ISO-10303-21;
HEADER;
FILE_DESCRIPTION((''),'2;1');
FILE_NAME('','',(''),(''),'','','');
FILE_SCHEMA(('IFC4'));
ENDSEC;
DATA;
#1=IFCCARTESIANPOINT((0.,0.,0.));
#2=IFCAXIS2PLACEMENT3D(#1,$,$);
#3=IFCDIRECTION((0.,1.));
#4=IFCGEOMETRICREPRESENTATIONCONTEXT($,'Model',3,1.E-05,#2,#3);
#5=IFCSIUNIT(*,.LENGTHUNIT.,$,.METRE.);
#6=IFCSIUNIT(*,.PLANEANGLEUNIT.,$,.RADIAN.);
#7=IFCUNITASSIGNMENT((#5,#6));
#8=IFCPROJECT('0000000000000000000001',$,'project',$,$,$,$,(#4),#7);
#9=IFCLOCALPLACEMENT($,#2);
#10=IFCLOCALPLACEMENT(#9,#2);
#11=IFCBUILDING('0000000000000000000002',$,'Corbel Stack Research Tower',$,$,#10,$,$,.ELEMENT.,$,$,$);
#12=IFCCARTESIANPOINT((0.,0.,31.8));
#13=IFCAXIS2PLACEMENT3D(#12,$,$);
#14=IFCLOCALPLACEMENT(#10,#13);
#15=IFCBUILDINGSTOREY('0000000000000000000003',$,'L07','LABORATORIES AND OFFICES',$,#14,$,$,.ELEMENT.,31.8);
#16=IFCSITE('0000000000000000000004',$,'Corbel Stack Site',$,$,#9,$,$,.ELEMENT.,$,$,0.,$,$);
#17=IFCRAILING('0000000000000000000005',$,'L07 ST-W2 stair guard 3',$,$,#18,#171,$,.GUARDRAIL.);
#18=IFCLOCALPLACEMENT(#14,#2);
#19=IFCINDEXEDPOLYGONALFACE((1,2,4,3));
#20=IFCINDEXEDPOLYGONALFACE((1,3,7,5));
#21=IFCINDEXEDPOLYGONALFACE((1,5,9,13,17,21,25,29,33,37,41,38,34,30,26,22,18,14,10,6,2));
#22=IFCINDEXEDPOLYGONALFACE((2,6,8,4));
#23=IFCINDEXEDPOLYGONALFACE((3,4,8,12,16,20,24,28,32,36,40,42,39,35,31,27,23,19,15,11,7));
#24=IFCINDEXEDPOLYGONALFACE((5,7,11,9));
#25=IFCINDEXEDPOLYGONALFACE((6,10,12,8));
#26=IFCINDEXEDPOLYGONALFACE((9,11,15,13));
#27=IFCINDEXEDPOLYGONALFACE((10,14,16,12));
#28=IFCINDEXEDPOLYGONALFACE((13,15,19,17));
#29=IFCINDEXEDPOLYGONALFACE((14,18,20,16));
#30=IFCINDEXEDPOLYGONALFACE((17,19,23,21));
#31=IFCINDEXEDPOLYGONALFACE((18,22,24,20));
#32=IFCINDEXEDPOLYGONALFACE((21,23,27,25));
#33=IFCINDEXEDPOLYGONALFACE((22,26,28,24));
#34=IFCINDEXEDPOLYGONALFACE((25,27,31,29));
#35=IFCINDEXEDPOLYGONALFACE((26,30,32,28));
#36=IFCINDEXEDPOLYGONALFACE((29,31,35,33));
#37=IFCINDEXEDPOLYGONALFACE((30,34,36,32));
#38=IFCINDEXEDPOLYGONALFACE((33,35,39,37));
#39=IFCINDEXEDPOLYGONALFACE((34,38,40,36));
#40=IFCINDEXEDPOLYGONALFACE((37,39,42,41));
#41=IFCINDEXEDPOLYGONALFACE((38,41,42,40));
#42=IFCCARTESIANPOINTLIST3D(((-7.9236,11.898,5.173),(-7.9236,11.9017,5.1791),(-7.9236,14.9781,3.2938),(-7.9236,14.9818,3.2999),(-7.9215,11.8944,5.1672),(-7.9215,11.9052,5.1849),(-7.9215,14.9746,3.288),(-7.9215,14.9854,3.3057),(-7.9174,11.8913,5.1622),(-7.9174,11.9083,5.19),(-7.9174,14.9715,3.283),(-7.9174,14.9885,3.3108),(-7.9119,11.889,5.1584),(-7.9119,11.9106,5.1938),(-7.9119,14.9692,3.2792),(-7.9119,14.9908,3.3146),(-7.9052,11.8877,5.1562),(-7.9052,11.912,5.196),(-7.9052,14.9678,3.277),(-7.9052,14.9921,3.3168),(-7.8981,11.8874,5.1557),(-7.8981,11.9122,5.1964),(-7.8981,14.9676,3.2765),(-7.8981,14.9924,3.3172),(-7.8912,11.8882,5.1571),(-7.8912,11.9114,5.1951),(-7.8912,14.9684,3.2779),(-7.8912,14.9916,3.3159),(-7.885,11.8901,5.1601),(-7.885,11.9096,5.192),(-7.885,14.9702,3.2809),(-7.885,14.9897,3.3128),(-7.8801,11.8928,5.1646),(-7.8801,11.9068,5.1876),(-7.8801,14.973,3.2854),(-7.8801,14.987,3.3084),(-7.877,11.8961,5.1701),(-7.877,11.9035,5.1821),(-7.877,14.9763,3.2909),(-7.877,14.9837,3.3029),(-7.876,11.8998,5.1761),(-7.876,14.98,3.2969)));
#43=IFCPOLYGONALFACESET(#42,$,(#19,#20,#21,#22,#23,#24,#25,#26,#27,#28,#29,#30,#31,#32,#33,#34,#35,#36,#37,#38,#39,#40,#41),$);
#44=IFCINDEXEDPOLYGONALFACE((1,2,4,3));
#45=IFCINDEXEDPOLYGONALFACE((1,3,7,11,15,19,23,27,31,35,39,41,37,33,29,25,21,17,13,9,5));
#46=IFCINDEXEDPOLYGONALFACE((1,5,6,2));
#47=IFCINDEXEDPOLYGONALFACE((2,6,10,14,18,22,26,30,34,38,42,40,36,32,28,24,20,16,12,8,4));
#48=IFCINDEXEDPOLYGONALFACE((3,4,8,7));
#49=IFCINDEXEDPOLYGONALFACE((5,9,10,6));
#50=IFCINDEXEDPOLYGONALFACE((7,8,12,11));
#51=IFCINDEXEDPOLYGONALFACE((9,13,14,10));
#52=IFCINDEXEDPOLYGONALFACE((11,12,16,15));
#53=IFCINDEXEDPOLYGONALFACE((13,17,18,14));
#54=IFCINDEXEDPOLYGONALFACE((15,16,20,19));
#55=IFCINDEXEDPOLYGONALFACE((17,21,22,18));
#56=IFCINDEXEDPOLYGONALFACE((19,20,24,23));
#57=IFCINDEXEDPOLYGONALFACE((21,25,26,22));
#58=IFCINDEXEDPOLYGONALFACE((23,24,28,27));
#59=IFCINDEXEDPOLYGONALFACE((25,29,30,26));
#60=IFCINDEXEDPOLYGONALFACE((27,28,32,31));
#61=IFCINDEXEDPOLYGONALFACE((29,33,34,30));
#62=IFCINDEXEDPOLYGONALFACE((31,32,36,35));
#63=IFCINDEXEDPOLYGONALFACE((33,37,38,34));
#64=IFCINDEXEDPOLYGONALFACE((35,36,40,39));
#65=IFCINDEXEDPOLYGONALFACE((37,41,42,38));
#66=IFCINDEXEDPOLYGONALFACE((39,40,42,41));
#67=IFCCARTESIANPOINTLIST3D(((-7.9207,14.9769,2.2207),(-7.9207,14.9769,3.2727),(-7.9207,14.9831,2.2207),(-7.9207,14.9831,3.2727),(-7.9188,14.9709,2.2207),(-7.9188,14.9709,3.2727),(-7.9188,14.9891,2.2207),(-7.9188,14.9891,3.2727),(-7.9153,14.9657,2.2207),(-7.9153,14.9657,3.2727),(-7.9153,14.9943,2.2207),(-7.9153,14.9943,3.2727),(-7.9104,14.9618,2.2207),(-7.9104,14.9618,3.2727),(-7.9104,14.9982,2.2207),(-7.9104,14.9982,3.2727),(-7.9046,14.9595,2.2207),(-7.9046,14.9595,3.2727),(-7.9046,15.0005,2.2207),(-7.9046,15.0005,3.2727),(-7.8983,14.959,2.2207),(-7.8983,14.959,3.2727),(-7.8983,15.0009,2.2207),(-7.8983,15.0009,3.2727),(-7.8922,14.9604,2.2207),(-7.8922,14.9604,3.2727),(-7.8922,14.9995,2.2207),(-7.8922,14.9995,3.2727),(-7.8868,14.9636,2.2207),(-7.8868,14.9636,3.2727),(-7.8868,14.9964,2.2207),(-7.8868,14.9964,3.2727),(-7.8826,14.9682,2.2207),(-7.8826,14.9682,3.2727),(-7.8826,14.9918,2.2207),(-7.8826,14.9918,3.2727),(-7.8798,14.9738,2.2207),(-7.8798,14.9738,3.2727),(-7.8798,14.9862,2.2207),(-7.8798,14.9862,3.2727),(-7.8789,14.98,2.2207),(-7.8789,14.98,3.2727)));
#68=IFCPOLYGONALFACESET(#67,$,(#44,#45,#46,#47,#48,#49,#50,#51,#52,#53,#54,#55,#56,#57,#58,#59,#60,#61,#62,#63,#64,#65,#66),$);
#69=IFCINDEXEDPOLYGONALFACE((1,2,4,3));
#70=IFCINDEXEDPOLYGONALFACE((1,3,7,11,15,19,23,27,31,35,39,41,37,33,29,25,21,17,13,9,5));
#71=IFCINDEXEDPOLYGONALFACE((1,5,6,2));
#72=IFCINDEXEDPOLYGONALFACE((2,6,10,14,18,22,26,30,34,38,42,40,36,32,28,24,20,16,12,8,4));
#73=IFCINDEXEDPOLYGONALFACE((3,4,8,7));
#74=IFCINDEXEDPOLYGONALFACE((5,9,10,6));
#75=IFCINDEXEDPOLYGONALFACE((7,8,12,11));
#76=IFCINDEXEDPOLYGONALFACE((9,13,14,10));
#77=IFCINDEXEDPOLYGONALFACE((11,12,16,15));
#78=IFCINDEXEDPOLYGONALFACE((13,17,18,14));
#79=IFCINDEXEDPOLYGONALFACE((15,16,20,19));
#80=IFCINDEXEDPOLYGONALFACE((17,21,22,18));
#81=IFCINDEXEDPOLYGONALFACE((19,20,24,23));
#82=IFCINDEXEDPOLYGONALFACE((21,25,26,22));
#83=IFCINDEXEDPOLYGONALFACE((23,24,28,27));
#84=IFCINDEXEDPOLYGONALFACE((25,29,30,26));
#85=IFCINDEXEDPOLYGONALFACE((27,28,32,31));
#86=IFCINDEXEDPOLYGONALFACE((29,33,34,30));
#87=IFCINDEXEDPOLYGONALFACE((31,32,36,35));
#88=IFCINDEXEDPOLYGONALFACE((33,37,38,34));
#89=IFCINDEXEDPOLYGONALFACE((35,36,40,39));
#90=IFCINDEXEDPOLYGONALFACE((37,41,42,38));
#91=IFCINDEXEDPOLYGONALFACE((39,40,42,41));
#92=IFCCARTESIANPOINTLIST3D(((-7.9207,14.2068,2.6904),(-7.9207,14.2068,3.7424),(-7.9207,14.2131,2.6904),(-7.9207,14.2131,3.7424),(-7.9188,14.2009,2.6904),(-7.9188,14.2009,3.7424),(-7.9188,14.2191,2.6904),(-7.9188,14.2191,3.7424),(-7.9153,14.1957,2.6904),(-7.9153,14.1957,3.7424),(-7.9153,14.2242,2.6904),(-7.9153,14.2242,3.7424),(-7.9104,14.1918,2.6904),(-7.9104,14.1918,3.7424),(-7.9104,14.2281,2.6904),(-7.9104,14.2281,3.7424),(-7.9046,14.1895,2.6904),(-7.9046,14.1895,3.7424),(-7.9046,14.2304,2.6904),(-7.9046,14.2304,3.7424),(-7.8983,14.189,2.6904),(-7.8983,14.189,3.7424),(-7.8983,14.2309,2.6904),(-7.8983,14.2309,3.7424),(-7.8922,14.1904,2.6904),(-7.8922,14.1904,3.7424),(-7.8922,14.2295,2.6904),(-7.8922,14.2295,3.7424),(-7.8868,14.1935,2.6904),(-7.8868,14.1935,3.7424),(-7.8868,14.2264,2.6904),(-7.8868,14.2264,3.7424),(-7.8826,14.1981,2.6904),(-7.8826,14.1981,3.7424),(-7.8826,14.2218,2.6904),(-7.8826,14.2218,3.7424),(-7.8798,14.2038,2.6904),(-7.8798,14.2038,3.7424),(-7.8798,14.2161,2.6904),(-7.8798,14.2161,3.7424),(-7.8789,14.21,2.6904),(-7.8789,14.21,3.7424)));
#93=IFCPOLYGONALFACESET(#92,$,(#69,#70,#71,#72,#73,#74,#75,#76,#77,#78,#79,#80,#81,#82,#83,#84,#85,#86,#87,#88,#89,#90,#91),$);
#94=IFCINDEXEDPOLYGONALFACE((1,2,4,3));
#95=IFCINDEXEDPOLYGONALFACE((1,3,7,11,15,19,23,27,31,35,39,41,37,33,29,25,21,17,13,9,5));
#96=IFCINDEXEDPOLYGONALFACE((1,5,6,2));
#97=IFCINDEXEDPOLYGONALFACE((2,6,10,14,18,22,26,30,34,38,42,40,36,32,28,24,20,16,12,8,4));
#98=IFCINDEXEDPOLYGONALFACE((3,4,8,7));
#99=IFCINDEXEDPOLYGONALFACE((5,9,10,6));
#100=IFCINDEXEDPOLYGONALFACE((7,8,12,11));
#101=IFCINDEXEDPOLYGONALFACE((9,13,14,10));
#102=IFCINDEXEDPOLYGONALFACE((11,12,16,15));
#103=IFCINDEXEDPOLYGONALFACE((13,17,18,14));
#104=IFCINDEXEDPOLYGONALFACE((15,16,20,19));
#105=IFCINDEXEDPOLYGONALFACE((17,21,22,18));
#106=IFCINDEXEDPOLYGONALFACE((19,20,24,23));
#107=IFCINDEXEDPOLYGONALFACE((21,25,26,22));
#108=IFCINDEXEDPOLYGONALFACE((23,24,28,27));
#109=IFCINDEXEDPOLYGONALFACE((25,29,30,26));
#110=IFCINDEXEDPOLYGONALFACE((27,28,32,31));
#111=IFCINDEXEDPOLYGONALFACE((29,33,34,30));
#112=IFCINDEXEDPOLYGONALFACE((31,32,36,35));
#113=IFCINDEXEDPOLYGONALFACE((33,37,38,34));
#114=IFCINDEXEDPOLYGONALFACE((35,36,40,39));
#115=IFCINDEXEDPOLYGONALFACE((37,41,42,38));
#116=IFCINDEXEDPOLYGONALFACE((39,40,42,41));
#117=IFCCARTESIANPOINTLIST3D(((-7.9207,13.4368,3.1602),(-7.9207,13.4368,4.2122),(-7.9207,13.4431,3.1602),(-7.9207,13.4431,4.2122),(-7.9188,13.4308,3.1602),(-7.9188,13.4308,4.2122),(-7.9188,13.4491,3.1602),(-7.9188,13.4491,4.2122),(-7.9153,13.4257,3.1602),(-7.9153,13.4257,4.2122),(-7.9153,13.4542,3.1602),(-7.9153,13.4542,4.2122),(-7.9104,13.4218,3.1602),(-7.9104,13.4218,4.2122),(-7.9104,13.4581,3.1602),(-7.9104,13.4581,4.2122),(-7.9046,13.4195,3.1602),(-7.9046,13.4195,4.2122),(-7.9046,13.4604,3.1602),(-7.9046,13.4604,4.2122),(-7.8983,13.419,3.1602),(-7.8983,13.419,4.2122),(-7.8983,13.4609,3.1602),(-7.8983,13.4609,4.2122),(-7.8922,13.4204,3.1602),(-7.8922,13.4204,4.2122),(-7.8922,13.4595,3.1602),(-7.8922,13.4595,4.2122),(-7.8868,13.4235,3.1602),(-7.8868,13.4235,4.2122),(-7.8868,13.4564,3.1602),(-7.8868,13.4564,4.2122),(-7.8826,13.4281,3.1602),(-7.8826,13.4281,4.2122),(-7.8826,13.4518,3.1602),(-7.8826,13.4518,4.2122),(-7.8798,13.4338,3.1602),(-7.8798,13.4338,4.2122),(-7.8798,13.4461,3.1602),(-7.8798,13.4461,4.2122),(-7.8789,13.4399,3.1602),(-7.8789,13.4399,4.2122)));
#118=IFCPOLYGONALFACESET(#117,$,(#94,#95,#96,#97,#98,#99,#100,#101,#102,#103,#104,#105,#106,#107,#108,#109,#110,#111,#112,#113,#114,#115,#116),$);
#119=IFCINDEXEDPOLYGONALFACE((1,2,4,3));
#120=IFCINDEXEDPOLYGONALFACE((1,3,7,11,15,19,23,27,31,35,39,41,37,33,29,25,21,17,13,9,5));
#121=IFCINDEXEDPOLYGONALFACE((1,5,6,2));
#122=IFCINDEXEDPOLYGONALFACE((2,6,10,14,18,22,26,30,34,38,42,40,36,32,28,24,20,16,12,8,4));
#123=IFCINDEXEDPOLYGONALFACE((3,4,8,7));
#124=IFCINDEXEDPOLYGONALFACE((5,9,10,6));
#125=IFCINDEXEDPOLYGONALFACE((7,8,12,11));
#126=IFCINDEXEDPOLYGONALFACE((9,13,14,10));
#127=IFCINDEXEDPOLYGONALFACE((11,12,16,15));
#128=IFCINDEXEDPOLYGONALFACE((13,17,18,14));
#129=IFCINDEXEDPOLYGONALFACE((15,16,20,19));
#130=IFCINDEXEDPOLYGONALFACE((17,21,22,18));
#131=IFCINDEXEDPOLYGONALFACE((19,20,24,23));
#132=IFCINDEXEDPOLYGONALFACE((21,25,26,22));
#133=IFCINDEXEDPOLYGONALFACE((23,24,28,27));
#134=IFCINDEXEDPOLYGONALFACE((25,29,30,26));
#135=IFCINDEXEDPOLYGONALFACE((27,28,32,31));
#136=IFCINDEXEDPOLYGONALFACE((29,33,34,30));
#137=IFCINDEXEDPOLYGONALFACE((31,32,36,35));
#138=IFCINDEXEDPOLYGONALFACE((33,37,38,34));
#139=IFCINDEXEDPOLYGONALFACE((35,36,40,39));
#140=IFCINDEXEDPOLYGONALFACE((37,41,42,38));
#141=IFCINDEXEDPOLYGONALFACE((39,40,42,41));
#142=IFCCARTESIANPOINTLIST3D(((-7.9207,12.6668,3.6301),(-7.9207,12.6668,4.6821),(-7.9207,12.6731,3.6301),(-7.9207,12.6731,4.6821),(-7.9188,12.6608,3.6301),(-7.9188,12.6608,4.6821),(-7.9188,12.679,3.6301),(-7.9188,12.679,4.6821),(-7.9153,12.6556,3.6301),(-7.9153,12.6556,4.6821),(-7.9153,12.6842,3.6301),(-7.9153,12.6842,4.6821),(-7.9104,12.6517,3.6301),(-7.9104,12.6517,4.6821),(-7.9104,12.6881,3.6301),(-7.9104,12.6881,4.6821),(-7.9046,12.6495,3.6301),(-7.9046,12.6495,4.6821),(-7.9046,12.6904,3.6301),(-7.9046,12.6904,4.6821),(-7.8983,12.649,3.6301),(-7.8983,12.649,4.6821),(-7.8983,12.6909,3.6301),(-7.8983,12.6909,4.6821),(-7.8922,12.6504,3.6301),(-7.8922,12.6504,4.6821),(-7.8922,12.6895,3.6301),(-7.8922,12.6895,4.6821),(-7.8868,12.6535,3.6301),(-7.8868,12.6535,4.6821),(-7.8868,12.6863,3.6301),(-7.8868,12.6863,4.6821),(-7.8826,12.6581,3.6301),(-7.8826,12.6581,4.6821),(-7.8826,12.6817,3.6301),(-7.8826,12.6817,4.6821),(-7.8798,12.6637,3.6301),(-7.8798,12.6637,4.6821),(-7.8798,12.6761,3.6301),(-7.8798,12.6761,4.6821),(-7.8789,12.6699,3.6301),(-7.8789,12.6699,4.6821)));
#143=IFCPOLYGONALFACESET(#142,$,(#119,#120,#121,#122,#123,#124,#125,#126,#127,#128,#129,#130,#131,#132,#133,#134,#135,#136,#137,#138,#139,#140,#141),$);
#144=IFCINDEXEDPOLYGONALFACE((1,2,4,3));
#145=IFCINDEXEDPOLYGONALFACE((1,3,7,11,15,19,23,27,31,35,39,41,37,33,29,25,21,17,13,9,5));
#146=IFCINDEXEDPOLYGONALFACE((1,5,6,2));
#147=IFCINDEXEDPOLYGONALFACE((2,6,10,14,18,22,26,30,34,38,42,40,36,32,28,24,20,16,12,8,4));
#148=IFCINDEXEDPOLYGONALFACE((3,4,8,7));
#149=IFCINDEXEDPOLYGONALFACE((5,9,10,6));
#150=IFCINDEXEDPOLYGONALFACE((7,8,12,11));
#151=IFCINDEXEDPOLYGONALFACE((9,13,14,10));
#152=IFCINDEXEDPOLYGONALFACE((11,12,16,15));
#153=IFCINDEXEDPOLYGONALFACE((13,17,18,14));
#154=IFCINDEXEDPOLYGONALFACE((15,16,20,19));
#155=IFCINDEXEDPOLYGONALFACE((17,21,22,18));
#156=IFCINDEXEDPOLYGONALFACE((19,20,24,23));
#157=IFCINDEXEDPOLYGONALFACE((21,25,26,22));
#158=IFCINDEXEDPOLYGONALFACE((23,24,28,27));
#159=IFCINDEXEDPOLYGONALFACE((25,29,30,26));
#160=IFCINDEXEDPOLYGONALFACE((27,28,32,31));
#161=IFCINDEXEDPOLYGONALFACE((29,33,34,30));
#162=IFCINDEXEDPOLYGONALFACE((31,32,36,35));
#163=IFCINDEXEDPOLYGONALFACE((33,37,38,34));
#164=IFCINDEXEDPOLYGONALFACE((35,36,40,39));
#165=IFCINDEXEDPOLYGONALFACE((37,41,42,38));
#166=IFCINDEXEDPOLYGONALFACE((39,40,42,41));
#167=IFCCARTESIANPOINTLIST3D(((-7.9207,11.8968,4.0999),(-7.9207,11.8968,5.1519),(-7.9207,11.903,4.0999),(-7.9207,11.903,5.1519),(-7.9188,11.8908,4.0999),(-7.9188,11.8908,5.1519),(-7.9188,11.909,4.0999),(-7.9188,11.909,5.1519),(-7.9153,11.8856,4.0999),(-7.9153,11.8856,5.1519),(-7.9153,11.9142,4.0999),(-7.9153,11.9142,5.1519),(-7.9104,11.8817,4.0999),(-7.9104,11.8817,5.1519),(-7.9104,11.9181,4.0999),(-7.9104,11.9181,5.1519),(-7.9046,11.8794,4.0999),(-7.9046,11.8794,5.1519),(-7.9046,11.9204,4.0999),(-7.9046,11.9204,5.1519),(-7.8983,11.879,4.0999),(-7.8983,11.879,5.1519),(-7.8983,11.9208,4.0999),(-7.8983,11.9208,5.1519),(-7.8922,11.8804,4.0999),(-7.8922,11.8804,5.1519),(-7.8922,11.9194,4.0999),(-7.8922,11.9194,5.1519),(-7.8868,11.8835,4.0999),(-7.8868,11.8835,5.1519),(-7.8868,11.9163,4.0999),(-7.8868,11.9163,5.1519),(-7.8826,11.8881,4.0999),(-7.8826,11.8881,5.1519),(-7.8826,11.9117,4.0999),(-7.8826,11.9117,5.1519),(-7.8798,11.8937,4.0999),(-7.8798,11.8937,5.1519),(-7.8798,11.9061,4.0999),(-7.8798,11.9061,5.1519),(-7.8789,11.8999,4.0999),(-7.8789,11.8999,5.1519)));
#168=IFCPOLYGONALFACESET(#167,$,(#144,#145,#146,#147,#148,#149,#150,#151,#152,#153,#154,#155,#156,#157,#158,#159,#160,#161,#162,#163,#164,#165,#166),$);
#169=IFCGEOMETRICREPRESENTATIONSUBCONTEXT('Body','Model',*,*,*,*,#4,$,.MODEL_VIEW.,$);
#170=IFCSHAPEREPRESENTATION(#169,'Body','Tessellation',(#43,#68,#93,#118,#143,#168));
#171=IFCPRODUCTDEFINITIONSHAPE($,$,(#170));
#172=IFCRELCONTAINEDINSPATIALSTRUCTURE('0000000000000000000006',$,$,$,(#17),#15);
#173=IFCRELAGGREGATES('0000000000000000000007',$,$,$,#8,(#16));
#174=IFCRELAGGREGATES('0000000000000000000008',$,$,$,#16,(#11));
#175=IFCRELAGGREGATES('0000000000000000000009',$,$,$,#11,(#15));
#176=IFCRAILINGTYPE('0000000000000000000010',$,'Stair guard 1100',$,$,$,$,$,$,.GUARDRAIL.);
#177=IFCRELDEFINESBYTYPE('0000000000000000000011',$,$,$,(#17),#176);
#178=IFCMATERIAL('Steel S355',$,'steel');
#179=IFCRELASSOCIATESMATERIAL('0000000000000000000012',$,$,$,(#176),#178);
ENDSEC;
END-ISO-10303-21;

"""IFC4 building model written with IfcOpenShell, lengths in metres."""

from ifc_helpers import new_model, si_unit, direction, frame, origin, origin_2d, place, context, subcontext, project, spatial, circle, extrude, material, type_object, element, save


model = new_model("IFC4")

# Units and contexts
model_context = context("Model", 3, precision=1e-05, world=origin(), true_north=direction((0.0, 1.0)))
body_context = subcontext(model_context, "Body", "Model", "MODEL_VIEW")
ifc_project = project(units=[si_unit("LENGTHUNIT", "METRE"), si_unit("PLANEANGLEUNIT", "RADIAN")], contexts=[model_context])

# Site, building, storey
site_placement = place(None, origin())
site = spatial("IfcSite", under=ifc_project, at=site_placement, Name="Corbel Stack Site", CompositionType="ELEMENT", RefElevation=0.0)
building_placement = place(site_placement, origin())
building = spatial("IfcBuilding", under=site, at=building_placement, Name="Corbel Stack Research Tower", CompositionType="ELEMENT")
storey_placement = place(building_placement, frame((0.0, 0.0, 31.8)))
storey = spatial("IfcBuildingStorey", under=building, at=storey_placement, Name="L07", Description="LABORATORIES AND OFFICES", CompositionType="ELEMENT", Elevation=31.8)

# Railing
ifc_material_1 = material(Name="Steel S355", Category="steel")
railing_type_1 = type_object("IfcRailingType", Name="Stair guard 1100", PredefinedType="GUARDRAIL", material=ifc_material_1)
railing_1_placement = place(storey_placement, frame((-7.8999, 14.98, 2.2207)))
element("IfcRailing", 1, at=railing_1_placement, inside=storey, type_object=railing_type_1, Name="L07 ST-W2 stair guard 3", PredefinedType="GUARDRAIL", context=body_context, shape_type="SweptSolid", body=[
    extrude(circle(Radius=0.0239, at=origin_2d()), frame((0.0, 0.0, 1.0762), z_axis=(0.0, -0.853666, 0.52082), x_axis=(1.0, 0.0, 0.0)), (0.0, 0.0, 1.0), 3.6082),
    extrude(circle(Radius=0.021, at=origin_2d()), origin(), (0.0, 0.0, 1.0), 1.052),
    extrude(circle(Radius=0.021, at=origin_2d()), frame((0.0, -0.77, 0.4697)), (0.0, 0.0, 1.0), 1.052),
    extrude(circle(Radius=0.021, at=origin_2d()), frame((0.0, -1.54, 0.9395)), (0.0, 0.0, 1.0), 1.052),
    extrude(circle(Radius=0.021, at=origin_2d()), frame((0.0, -2.3101, 1.4094)), (0.0, 0.0, 1.0), 1.052),
    extrude(circle(Radius=0.021, at=origin_2d()), frame((0.0, -3.0801, 1.8792)), (0.0, 0.0, 1.0), 1.052),
])

save(model, "model.ifc")
